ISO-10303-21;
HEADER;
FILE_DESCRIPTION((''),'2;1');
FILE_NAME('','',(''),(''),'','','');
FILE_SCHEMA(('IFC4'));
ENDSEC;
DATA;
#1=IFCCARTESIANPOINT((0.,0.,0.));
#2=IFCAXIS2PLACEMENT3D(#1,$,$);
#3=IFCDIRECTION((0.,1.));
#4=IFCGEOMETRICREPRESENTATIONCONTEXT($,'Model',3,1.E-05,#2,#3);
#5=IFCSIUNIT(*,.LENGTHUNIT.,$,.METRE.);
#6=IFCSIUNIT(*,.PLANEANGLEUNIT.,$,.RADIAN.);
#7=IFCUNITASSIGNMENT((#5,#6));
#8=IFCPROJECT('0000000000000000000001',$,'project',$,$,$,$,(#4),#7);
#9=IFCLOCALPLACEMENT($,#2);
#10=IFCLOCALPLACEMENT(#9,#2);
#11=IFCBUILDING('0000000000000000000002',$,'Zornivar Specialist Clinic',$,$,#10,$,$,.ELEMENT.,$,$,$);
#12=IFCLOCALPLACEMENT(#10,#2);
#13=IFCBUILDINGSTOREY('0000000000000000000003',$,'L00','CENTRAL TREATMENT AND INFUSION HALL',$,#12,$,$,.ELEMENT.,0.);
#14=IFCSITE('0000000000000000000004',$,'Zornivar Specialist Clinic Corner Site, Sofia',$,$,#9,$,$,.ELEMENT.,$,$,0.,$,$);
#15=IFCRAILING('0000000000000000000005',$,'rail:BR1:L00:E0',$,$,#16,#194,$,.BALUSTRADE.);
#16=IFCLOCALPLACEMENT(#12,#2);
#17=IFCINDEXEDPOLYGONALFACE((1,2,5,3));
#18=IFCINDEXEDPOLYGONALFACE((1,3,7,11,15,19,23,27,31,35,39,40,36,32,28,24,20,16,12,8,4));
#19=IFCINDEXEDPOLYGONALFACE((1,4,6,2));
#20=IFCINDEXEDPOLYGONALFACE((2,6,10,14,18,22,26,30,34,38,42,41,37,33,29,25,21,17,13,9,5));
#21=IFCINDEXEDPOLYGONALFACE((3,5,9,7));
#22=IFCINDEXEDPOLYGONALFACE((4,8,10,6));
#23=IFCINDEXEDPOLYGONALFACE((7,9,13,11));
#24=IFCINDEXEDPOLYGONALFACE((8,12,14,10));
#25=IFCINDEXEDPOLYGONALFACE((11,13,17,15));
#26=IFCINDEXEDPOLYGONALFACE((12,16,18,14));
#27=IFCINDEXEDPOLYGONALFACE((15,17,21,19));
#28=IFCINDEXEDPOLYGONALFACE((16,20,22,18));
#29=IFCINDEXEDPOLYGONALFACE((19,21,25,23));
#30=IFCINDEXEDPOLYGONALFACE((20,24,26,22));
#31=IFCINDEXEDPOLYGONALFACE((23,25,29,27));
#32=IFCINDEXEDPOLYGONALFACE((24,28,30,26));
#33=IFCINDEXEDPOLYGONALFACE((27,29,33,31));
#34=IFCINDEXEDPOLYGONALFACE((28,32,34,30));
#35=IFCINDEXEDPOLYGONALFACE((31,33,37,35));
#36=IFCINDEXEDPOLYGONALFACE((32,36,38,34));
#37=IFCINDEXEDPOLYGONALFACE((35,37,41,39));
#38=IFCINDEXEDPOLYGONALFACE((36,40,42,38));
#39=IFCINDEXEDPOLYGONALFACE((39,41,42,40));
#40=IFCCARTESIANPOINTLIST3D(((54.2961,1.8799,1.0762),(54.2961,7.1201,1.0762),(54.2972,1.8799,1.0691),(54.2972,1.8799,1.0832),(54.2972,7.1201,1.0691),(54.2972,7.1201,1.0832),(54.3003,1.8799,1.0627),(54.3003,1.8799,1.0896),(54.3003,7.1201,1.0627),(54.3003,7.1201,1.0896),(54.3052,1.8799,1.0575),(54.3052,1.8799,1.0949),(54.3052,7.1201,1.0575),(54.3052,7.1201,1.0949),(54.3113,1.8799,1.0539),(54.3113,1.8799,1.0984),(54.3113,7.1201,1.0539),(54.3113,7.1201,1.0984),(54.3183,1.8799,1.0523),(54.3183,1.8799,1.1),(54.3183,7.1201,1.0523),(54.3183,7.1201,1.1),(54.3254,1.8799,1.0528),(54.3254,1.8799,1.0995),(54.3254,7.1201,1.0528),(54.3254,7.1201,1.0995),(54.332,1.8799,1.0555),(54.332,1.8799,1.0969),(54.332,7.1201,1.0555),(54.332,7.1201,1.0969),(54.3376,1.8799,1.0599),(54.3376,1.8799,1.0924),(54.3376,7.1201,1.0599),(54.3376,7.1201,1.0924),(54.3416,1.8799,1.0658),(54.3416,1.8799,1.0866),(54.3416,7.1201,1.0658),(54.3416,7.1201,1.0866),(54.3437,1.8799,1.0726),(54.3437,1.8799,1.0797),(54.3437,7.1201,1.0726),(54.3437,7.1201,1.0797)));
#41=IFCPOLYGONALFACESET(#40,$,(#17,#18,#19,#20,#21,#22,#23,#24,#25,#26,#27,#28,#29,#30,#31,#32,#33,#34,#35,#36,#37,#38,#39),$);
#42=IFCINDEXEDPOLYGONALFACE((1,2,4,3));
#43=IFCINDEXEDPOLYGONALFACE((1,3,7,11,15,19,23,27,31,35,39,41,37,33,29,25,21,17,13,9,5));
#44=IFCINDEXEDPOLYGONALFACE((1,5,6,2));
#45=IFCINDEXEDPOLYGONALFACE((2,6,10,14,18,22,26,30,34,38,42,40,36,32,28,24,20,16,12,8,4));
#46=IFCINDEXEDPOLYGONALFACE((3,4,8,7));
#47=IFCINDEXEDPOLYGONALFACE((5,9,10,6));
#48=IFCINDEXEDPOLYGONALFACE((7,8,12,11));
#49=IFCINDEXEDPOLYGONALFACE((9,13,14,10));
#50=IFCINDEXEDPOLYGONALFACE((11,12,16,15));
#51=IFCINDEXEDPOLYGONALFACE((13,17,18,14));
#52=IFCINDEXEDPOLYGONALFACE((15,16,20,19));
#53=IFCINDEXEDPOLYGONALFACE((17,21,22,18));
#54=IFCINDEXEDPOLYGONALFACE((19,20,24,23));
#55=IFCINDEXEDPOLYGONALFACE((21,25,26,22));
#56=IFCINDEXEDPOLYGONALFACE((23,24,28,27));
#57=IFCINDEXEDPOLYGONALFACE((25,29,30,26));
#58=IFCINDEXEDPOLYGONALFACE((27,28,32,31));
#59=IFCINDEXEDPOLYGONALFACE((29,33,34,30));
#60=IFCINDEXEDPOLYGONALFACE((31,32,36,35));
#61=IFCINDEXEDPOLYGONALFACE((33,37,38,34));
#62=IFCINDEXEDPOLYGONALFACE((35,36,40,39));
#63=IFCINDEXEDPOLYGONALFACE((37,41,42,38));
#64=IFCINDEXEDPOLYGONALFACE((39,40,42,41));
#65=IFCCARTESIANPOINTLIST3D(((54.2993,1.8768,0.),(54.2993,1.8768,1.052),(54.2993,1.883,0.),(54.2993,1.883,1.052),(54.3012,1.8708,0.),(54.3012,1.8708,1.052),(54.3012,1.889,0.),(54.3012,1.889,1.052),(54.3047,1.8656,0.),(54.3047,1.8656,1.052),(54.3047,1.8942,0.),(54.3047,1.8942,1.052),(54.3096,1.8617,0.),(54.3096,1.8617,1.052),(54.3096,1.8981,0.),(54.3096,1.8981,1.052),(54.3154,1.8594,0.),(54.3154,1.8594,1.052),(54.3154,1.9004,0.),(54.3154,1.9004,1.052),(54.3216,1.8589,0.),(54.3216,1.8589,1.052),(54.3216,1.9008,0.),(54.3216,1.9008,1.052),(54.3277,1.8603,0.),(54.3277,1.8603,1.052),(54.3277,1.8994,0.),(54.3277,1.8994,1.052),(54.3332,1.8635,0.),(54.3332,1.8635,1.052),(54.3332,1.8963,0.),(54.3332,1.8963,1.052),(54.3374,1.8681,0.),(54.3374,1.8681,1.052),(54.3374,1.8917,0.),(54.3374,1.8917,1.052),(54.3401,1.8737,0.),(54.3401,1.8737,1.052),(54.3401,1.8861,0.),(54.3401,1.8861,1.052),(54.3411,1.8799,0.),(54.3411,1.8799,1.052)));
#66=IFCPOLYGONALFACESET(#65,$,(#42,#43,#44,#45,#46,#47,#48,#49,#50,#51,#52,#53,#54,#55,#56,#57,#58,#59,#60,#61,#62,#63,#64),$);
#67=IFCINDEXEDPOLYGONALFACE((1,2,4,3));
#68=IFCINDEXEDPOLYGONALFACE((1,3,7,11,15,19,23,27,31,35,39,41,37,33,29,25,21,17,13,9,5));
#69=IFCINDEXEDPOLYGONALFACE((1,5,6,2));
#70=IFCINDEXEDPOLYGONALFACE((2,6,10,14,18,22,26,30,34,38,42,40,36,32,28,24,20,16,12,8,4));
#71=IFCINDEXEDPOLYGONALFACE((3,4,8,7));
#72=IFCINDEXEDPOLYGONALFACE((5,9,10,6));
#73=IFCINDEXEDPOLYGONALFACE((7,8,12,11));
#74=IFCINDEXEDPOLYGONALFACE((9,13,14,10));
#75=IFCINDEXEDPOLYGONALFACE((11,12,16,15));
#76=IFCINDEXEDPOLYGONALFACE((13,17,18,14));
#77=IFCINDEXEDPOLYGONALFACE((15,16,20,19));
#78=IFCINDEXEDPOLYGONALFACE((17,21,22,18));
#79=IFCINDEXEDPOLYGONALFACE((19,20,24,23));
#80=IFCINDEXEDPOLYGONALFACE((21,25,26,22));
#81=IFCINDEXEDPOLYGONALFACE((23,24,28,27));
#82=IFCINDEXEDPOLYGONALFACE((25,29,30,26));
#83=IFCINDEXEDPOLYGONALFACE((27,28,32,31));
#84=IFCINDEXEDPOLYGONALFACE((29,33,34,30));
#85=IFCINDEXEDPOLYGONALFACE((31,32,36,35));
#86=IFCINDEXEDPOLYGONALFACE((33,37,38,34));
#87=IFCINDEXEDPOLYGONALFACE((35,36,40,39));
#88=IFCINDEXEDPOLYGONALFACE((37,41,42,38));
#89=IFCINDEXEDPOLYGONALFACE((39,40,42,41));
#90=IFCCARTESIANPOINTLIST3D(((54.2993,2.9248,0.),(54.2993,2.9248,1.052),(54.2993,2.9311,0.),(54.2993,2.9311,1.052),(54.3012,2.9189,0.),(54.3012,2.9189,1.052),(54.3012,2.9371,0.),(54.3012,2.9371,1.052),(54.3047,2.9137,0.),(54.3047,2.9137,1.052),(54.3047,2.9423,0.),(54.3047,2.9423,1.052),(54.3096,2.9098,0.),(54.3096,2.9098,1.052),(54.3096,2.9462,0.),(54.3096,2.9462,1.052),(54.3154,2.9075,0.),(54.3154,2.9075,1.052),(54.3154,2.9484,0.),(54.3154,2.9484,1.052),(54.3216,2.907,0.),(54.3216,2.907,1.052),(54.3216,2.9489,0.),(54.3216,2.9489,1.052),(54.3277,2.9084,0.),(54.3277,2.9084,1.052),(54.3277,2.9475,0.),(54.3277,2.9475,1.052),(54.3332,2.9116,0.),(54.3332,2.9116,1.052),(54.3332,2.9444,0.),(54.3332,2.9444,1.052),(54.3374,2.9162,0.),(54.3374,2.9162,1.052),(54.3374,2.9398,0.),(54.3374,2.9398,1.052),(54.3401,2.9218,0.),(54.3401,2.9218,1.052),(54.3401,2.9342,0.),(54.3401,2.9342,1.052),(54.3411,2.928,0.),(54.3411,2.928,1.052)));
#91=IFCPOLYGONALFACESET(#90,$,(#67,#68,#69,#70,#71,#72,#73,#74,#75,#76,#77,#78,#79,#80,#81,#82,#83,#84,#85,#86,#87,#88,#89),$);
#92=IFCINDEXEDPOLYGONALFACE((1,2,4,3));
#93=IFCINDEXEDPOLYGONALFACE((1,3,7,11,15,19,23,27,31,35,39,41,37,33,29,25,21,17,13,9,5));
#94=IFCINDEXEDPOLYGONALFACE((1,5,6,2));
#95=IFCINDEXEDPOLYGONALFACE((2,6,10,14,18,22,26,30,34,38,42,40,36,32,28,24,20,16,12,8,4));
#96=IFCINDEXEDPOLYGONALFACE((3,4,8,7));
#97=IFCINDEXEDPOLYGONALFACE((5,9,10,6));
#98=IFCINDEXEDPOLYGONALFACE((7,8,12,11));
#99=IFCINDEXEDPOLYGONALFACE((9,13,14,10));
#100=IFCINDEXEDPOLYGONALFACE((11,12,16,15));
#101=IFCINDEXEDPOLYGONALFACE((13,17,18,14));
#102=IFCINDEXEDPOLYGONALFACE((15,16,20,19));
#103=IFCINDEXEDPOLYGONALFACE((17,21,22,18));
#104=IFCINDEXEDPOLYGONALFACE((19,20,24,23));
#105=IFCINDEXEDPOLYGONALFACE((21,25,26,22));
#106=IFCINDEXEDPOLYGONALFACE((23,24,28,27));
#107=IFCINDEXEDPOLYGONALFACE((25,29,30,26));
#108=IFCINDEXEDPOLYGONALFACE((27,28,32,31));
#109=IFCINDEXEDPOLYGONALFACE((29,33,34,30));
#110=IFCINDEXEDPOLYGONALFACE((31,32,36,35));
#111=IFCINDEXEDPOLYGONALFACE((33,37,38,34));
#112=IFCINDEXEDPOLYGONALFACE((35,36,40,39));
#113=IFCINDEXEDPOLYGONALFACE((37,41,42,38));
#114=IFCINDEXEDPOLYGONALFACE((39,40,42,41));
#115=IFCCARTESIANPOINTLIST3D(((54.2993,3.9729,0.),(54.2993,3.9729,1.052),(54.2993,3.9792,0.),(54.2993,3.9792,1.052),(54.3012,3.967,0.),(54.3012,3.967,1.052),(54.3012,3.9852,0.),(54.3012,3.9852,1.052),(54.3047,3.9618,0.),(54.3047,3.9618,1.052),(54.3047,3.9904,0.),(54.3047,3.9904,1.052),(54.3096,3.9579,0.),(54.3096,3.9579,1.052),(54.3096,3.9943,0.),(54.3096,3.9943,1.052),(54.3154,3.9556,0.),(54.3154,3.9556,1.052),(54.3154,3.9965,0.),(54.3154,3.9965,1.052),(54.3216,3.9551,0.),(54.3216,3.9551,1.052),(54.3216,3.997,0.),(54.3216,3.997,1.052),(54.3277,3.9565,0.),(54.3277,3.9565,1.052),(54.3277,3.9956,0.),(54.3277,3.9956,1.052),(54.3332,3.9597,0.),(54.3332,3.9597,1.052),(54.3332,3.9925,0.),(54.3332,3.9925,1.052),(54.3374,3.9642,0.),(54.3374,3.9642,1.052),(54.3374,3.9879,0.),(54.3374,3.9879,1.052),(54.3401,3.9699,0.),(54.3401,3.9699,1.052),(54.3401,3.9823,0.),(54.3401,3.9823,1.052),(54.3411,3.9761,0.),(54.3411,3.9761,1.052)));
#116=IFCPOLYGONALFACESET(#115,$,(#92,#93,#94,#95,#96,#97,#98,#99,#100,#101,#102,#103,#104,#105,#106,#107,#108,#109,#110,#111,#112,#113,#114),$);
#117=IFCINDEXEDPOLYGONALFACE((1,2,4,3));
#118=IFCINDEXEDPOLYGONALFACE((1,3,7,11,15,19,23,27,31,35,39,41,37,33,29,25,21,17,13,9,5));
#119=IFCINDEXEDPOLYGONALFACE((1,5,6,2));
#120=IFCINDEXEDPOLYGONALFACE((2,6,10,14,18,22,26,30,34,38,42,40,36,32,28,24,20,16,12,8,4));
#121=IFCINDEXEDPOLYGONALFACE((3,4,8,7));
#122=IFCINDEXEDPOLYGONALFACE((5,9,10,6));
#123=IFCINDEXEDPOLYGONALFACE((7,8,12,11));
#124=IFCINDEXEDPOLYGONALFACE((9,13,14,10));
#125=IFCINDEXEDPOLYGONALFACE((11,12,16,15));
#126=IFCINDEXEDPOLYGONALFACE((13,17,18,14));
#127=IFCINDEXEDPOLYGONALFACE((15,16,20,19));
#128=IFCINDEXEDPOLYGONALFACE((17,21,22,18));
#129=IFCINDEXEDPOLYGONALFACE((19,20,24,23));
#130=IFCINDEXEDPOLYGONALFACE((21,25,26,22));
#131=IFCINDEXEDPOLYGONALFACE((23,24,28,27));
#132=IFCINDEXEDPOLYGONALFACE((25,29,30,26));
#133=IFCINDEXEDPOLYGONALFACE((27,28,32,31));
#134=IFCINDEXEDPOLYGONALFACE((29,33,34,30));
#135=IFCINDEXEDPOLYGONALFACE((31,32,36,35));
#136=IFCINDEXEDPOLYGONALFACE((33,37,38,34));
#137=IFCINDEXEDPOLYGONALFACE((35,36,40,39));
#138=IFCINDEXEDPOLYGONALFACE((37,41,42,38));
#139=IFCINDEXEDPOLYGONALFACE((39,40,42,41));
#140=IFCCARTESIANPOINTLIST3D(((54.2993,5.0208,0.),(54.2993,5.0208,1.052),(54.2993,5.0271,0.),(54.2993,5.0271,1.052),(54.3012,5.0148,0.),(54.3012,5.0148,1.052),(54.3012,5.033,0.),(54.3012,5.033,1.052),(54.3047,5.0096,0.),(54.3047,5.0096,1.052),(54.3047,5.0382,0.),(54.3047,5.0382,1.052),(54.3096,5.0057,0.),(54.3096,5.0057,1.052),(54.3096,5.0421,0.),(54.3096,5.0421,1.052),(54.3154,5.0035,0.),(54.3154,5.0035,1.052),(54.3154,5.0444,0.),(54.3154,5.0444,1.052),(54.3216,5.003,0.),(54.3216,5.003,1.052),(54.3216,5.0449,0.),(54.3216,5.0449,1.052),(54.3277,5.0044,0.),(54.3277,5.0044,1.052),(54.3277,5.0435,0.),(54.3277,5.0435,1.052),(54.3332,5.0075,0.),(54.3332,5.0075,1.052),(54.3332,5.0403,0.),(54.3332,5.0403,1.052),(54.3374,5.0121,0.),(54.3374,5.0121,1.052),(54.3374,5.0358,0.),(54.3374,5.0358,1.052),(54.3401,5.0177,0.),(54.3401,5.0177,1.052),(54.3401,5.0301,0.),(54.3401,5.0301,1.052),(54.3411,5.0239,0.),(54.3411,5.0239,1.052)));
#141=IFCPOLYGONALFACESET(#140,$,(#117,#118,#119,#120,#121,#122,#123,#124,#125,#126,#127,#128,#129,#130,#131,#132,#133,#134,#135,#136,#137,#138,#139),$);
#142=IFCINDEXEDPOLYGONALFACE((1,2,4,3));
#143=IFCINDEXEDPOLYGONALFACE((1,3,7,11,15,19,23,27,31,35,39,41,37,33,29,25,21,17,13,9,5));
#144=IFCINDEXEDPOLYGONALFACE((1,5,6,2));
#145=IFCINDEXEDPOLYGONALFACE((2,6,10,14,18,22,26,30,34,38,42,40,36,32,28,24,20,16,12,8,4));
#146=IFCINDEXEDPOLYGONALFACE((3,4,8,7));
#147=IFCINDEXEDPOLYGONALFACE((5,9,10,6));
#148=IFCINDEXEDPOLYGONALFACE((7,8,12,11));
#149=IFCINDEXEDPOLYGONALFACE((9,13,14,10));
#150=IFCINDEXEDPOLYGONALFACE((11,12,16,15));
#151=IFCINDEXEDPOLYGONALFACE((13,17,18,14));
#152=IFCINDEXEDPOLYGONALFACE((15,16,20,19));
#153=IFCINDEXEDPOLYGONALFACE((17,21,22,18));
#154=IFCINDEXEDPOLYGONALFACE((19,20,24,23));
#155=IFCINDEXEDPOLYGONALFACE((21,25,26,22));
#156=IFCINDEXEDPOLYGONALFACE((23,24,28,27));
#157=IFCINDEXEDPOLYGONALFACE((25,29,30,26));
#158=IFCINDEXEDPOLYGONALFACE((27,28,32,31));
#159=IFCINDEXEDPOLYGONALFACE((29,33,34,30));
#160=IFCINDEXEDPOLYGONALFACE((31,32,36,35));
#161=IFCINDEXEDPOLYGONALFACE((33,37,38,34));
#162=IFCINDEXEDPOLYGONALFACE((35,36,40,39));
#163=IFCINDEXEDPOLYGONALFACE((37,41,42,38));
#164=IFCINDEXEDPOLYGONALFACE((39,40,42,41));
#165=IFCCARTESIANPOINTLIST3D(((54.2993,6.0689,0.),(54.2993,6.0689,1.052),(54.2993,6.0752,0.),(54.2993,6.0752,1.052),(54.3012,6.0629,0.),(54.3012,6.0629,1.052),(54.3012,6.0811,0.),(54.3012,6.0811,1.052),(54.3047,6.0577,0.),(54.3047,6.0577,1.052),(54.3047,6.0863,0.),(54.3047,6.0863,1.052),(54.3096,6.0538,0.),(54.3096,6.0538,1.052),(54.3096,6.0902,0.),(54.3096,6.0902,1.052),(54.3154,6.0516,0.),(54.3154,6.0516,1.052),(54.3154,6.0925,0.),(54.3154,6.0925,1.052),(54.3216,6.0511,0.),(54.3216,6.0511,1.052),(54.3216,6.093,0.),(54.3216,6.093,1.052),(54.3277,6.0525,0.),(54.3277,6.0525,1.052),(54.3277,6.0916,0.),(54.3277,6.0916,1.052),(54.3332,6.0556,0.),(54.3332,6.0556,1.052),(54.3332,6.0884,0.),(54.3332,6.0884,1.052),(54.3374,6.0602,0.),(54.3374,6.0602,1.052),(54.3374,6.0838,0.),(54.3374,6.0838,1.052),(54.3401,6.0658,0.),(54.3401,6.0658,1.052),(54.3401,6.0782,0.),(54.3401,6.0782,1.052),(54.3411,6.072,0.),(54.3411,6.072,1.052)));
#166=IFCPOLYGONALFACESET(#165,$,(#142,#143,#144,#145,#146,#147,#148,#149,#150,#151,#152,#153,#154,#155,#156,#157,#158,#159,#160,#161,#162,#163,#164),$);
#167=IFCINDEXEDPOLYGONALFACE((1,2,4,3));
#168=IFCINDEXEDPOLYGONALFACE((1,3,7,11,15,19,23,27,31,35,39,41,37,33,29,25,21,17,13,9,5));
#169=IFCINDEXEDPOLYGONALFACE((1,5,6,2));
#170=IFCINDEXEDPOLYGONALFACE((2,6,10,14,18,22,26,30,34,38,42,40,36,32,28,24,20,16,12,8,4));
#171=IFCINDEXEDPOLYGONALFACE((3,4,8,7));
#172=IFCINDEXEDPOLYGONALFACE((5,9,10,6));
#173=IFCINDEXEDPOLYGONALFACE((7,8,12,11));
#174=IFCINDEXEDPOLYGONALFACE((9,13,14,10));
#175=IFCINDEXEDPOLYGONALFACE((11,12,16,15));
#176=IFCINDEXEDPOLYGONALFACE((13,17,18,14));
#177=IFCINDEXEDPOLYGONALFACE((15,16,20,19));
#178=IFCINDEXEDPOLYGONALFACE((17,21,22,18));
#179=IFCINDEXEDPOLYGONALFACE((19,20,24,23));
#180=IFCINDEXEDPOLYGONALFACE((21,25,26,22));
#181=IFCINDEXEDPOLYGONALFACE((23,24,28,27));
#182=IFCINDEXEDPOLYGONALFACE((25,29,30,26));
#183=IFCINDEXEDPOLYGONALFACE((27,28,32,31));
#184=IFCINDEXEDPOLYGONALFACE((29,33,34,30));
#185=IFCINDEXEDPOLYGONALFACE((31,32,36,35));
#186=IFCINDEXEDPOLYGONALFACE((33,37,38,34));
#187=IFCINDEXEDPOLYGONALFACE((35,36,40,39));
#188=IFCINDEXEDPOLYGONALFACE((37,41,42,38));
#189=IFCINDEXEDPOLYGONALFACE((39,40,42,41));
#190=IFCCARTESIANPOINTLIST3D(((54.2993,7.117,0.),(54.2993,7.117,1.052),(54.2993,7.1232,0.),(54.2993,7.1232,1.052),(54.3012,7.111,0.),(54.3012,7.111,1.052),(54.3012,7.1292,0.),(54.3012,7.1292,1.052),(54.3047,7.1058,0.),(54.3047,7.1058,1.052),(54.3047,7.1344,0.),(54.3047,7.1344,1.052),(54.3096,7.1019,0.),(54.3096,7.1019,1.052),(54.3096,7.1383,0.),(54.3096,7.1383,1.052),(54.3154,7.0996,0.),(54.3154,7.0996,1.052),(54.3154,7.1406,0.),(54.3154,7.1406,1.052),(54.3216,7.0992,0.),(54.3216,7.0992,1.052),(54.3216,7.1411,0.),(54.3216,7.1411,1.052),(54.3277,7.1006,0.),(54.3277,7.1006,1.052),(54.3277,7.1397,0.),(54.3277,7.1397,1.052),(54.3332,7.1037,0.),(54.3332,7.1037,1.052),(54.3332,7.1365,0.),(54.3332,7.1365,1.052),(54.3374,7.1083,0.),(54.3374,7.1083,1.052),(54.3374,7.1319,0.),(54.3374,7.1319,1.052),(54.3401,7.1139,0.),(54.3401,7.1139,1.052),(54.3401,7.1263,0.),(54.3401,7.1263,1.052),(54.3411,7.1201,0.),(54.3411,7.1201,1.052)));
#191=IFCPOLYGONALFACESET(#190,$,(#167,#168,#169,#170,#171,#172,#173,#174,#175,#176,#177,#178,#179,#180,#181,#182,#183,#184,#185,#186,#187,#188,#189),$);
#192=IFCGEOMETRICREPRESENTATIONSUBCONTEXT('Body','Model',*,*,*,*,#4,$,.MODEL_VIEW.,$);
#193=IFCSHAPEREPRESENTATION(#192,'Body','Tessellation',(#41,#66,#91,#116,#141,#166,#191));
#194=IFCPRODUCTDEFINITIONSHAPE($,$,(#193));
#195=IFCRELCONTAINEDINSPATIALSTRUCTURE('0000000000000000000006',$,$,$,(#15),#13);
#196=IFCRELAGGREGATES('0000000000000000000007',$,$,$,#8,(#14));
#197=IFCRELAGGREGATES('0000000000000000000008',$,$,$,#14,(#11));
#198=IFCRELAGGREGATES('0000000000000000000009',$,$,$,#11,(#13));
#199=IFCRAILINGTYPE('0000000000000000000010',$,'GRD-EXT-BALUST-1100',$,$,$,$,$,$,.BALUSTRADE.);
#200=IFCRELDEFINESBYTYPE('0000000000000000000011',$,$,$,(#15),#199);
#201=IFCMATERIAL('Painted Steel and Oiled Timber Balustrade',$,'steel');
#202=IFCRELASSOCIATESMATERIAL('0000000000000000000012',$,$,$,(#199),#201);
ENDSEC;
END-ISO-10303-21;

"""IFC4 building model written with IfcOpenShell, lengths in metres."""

from ifc_helpers import new_model, si_unit, direction, frame, origin, origin_2d, place, context, subcontext, project, spatial, circle, extrude, material, type_object, element, save


model = new_model("IFC4")

# Units and contexts
model_context = context("Model", 3, precision=1e-05, world=origin(), true_north=direction((0.0, 1.0)))
body_context = subcontext(model_context, "Body", "Model", "MODEL_VIEW")
ifc_project = project(units=[si_unit("LENGTHUNIT", "METRE"), si_unit("PLANEANGLEUNIT", "RADIAN")], contexts=[model_context])

# Site, building, storey
site_placement = place(None, origin())
site = spatial("IfcSite", under=ifc_project, at=site_placement, Name="Zornivar Specialist Clinic Corner Site, Sofia", CompositionType="ELEMENT", RefElevation=0.0)
building_placement = place(site_placement, origin())
building = spatial("IfcBuilding", under=site, at=building_placement, Name="Zornivar Specialist Clinic", CompositionType="ELEMENT")
storey_placement = place(building_placement, origin())
storey = spatial("IfcBuildingStorey", under=building, at=storey_placement, Name="L00", Description="CENTRAL TREATMENT AND INFUSION HALL", CompositionType="ELEMENT", Elevation=0.0)

# Railing
ifc_material_1 = material(Name="Painted Steel and Oiled Timber Balustrade", Category="steel")
railing_type = type_object("IfcRailingType", Name="GRD-EXT-BALUST-1100", PredefinedType="BALUSTRADE", material=ifc_material_1)
railing_1_placement = place(storey_placement, frame((54.3201, 1.8799, 0.0)))
element("IfcRailing", 1, at=railing_1_placement, inside=storey, type_object=railing_type, Name="rail:BR1:L00:E0", PredefinedType="BALUSTRADE", context=body_context, shape_type="SweptSolid", body=[
    extrude(circle(Radius=0.0239, at=origin_2d()), frame((0.0, 0.0, 1.0762), z_axis=(0.0, 1.0, 0.0), x_axis=(-1.0, 0.0, 0.0)), (0.0, 0.0, 1.0), 5.2402),
    extrude(circle(Radius=0.021, at=origin_2d()), origin(), (0.0, 0.0, 1.0), 1.052),
    extrude(circle(Radius=0.021, at=origin_2d()), frame((0.0, 1.0481, 0.0)), (0.0, 0.0, 1.0), 1.052),
    extrude(circle(Radius=0.021, at=origin_2d()), frame((0.0, 2.0962, 0.0)), (0.0, 0.0, 1.0), 1.052),
    extrude(circle(Radius=0.021, at=origin_2d()), frame((0.0, 3.144, 0.0)), (0.0, 0.0, 1.0), 1.052),
    extrude(circle(Radius=0.021, at=origin_2d()), frame((0.0, 4.1921, 0.0)), (0.0, 0.0, 1.0), 1.052),
    extrude(circle(Radius=0.021, at=origin_2d()), frame((0.0, 5.2402, 0.0)), (0.0, 0.0, 1.0), 1.052),
])

save(model, "model.ifc")
